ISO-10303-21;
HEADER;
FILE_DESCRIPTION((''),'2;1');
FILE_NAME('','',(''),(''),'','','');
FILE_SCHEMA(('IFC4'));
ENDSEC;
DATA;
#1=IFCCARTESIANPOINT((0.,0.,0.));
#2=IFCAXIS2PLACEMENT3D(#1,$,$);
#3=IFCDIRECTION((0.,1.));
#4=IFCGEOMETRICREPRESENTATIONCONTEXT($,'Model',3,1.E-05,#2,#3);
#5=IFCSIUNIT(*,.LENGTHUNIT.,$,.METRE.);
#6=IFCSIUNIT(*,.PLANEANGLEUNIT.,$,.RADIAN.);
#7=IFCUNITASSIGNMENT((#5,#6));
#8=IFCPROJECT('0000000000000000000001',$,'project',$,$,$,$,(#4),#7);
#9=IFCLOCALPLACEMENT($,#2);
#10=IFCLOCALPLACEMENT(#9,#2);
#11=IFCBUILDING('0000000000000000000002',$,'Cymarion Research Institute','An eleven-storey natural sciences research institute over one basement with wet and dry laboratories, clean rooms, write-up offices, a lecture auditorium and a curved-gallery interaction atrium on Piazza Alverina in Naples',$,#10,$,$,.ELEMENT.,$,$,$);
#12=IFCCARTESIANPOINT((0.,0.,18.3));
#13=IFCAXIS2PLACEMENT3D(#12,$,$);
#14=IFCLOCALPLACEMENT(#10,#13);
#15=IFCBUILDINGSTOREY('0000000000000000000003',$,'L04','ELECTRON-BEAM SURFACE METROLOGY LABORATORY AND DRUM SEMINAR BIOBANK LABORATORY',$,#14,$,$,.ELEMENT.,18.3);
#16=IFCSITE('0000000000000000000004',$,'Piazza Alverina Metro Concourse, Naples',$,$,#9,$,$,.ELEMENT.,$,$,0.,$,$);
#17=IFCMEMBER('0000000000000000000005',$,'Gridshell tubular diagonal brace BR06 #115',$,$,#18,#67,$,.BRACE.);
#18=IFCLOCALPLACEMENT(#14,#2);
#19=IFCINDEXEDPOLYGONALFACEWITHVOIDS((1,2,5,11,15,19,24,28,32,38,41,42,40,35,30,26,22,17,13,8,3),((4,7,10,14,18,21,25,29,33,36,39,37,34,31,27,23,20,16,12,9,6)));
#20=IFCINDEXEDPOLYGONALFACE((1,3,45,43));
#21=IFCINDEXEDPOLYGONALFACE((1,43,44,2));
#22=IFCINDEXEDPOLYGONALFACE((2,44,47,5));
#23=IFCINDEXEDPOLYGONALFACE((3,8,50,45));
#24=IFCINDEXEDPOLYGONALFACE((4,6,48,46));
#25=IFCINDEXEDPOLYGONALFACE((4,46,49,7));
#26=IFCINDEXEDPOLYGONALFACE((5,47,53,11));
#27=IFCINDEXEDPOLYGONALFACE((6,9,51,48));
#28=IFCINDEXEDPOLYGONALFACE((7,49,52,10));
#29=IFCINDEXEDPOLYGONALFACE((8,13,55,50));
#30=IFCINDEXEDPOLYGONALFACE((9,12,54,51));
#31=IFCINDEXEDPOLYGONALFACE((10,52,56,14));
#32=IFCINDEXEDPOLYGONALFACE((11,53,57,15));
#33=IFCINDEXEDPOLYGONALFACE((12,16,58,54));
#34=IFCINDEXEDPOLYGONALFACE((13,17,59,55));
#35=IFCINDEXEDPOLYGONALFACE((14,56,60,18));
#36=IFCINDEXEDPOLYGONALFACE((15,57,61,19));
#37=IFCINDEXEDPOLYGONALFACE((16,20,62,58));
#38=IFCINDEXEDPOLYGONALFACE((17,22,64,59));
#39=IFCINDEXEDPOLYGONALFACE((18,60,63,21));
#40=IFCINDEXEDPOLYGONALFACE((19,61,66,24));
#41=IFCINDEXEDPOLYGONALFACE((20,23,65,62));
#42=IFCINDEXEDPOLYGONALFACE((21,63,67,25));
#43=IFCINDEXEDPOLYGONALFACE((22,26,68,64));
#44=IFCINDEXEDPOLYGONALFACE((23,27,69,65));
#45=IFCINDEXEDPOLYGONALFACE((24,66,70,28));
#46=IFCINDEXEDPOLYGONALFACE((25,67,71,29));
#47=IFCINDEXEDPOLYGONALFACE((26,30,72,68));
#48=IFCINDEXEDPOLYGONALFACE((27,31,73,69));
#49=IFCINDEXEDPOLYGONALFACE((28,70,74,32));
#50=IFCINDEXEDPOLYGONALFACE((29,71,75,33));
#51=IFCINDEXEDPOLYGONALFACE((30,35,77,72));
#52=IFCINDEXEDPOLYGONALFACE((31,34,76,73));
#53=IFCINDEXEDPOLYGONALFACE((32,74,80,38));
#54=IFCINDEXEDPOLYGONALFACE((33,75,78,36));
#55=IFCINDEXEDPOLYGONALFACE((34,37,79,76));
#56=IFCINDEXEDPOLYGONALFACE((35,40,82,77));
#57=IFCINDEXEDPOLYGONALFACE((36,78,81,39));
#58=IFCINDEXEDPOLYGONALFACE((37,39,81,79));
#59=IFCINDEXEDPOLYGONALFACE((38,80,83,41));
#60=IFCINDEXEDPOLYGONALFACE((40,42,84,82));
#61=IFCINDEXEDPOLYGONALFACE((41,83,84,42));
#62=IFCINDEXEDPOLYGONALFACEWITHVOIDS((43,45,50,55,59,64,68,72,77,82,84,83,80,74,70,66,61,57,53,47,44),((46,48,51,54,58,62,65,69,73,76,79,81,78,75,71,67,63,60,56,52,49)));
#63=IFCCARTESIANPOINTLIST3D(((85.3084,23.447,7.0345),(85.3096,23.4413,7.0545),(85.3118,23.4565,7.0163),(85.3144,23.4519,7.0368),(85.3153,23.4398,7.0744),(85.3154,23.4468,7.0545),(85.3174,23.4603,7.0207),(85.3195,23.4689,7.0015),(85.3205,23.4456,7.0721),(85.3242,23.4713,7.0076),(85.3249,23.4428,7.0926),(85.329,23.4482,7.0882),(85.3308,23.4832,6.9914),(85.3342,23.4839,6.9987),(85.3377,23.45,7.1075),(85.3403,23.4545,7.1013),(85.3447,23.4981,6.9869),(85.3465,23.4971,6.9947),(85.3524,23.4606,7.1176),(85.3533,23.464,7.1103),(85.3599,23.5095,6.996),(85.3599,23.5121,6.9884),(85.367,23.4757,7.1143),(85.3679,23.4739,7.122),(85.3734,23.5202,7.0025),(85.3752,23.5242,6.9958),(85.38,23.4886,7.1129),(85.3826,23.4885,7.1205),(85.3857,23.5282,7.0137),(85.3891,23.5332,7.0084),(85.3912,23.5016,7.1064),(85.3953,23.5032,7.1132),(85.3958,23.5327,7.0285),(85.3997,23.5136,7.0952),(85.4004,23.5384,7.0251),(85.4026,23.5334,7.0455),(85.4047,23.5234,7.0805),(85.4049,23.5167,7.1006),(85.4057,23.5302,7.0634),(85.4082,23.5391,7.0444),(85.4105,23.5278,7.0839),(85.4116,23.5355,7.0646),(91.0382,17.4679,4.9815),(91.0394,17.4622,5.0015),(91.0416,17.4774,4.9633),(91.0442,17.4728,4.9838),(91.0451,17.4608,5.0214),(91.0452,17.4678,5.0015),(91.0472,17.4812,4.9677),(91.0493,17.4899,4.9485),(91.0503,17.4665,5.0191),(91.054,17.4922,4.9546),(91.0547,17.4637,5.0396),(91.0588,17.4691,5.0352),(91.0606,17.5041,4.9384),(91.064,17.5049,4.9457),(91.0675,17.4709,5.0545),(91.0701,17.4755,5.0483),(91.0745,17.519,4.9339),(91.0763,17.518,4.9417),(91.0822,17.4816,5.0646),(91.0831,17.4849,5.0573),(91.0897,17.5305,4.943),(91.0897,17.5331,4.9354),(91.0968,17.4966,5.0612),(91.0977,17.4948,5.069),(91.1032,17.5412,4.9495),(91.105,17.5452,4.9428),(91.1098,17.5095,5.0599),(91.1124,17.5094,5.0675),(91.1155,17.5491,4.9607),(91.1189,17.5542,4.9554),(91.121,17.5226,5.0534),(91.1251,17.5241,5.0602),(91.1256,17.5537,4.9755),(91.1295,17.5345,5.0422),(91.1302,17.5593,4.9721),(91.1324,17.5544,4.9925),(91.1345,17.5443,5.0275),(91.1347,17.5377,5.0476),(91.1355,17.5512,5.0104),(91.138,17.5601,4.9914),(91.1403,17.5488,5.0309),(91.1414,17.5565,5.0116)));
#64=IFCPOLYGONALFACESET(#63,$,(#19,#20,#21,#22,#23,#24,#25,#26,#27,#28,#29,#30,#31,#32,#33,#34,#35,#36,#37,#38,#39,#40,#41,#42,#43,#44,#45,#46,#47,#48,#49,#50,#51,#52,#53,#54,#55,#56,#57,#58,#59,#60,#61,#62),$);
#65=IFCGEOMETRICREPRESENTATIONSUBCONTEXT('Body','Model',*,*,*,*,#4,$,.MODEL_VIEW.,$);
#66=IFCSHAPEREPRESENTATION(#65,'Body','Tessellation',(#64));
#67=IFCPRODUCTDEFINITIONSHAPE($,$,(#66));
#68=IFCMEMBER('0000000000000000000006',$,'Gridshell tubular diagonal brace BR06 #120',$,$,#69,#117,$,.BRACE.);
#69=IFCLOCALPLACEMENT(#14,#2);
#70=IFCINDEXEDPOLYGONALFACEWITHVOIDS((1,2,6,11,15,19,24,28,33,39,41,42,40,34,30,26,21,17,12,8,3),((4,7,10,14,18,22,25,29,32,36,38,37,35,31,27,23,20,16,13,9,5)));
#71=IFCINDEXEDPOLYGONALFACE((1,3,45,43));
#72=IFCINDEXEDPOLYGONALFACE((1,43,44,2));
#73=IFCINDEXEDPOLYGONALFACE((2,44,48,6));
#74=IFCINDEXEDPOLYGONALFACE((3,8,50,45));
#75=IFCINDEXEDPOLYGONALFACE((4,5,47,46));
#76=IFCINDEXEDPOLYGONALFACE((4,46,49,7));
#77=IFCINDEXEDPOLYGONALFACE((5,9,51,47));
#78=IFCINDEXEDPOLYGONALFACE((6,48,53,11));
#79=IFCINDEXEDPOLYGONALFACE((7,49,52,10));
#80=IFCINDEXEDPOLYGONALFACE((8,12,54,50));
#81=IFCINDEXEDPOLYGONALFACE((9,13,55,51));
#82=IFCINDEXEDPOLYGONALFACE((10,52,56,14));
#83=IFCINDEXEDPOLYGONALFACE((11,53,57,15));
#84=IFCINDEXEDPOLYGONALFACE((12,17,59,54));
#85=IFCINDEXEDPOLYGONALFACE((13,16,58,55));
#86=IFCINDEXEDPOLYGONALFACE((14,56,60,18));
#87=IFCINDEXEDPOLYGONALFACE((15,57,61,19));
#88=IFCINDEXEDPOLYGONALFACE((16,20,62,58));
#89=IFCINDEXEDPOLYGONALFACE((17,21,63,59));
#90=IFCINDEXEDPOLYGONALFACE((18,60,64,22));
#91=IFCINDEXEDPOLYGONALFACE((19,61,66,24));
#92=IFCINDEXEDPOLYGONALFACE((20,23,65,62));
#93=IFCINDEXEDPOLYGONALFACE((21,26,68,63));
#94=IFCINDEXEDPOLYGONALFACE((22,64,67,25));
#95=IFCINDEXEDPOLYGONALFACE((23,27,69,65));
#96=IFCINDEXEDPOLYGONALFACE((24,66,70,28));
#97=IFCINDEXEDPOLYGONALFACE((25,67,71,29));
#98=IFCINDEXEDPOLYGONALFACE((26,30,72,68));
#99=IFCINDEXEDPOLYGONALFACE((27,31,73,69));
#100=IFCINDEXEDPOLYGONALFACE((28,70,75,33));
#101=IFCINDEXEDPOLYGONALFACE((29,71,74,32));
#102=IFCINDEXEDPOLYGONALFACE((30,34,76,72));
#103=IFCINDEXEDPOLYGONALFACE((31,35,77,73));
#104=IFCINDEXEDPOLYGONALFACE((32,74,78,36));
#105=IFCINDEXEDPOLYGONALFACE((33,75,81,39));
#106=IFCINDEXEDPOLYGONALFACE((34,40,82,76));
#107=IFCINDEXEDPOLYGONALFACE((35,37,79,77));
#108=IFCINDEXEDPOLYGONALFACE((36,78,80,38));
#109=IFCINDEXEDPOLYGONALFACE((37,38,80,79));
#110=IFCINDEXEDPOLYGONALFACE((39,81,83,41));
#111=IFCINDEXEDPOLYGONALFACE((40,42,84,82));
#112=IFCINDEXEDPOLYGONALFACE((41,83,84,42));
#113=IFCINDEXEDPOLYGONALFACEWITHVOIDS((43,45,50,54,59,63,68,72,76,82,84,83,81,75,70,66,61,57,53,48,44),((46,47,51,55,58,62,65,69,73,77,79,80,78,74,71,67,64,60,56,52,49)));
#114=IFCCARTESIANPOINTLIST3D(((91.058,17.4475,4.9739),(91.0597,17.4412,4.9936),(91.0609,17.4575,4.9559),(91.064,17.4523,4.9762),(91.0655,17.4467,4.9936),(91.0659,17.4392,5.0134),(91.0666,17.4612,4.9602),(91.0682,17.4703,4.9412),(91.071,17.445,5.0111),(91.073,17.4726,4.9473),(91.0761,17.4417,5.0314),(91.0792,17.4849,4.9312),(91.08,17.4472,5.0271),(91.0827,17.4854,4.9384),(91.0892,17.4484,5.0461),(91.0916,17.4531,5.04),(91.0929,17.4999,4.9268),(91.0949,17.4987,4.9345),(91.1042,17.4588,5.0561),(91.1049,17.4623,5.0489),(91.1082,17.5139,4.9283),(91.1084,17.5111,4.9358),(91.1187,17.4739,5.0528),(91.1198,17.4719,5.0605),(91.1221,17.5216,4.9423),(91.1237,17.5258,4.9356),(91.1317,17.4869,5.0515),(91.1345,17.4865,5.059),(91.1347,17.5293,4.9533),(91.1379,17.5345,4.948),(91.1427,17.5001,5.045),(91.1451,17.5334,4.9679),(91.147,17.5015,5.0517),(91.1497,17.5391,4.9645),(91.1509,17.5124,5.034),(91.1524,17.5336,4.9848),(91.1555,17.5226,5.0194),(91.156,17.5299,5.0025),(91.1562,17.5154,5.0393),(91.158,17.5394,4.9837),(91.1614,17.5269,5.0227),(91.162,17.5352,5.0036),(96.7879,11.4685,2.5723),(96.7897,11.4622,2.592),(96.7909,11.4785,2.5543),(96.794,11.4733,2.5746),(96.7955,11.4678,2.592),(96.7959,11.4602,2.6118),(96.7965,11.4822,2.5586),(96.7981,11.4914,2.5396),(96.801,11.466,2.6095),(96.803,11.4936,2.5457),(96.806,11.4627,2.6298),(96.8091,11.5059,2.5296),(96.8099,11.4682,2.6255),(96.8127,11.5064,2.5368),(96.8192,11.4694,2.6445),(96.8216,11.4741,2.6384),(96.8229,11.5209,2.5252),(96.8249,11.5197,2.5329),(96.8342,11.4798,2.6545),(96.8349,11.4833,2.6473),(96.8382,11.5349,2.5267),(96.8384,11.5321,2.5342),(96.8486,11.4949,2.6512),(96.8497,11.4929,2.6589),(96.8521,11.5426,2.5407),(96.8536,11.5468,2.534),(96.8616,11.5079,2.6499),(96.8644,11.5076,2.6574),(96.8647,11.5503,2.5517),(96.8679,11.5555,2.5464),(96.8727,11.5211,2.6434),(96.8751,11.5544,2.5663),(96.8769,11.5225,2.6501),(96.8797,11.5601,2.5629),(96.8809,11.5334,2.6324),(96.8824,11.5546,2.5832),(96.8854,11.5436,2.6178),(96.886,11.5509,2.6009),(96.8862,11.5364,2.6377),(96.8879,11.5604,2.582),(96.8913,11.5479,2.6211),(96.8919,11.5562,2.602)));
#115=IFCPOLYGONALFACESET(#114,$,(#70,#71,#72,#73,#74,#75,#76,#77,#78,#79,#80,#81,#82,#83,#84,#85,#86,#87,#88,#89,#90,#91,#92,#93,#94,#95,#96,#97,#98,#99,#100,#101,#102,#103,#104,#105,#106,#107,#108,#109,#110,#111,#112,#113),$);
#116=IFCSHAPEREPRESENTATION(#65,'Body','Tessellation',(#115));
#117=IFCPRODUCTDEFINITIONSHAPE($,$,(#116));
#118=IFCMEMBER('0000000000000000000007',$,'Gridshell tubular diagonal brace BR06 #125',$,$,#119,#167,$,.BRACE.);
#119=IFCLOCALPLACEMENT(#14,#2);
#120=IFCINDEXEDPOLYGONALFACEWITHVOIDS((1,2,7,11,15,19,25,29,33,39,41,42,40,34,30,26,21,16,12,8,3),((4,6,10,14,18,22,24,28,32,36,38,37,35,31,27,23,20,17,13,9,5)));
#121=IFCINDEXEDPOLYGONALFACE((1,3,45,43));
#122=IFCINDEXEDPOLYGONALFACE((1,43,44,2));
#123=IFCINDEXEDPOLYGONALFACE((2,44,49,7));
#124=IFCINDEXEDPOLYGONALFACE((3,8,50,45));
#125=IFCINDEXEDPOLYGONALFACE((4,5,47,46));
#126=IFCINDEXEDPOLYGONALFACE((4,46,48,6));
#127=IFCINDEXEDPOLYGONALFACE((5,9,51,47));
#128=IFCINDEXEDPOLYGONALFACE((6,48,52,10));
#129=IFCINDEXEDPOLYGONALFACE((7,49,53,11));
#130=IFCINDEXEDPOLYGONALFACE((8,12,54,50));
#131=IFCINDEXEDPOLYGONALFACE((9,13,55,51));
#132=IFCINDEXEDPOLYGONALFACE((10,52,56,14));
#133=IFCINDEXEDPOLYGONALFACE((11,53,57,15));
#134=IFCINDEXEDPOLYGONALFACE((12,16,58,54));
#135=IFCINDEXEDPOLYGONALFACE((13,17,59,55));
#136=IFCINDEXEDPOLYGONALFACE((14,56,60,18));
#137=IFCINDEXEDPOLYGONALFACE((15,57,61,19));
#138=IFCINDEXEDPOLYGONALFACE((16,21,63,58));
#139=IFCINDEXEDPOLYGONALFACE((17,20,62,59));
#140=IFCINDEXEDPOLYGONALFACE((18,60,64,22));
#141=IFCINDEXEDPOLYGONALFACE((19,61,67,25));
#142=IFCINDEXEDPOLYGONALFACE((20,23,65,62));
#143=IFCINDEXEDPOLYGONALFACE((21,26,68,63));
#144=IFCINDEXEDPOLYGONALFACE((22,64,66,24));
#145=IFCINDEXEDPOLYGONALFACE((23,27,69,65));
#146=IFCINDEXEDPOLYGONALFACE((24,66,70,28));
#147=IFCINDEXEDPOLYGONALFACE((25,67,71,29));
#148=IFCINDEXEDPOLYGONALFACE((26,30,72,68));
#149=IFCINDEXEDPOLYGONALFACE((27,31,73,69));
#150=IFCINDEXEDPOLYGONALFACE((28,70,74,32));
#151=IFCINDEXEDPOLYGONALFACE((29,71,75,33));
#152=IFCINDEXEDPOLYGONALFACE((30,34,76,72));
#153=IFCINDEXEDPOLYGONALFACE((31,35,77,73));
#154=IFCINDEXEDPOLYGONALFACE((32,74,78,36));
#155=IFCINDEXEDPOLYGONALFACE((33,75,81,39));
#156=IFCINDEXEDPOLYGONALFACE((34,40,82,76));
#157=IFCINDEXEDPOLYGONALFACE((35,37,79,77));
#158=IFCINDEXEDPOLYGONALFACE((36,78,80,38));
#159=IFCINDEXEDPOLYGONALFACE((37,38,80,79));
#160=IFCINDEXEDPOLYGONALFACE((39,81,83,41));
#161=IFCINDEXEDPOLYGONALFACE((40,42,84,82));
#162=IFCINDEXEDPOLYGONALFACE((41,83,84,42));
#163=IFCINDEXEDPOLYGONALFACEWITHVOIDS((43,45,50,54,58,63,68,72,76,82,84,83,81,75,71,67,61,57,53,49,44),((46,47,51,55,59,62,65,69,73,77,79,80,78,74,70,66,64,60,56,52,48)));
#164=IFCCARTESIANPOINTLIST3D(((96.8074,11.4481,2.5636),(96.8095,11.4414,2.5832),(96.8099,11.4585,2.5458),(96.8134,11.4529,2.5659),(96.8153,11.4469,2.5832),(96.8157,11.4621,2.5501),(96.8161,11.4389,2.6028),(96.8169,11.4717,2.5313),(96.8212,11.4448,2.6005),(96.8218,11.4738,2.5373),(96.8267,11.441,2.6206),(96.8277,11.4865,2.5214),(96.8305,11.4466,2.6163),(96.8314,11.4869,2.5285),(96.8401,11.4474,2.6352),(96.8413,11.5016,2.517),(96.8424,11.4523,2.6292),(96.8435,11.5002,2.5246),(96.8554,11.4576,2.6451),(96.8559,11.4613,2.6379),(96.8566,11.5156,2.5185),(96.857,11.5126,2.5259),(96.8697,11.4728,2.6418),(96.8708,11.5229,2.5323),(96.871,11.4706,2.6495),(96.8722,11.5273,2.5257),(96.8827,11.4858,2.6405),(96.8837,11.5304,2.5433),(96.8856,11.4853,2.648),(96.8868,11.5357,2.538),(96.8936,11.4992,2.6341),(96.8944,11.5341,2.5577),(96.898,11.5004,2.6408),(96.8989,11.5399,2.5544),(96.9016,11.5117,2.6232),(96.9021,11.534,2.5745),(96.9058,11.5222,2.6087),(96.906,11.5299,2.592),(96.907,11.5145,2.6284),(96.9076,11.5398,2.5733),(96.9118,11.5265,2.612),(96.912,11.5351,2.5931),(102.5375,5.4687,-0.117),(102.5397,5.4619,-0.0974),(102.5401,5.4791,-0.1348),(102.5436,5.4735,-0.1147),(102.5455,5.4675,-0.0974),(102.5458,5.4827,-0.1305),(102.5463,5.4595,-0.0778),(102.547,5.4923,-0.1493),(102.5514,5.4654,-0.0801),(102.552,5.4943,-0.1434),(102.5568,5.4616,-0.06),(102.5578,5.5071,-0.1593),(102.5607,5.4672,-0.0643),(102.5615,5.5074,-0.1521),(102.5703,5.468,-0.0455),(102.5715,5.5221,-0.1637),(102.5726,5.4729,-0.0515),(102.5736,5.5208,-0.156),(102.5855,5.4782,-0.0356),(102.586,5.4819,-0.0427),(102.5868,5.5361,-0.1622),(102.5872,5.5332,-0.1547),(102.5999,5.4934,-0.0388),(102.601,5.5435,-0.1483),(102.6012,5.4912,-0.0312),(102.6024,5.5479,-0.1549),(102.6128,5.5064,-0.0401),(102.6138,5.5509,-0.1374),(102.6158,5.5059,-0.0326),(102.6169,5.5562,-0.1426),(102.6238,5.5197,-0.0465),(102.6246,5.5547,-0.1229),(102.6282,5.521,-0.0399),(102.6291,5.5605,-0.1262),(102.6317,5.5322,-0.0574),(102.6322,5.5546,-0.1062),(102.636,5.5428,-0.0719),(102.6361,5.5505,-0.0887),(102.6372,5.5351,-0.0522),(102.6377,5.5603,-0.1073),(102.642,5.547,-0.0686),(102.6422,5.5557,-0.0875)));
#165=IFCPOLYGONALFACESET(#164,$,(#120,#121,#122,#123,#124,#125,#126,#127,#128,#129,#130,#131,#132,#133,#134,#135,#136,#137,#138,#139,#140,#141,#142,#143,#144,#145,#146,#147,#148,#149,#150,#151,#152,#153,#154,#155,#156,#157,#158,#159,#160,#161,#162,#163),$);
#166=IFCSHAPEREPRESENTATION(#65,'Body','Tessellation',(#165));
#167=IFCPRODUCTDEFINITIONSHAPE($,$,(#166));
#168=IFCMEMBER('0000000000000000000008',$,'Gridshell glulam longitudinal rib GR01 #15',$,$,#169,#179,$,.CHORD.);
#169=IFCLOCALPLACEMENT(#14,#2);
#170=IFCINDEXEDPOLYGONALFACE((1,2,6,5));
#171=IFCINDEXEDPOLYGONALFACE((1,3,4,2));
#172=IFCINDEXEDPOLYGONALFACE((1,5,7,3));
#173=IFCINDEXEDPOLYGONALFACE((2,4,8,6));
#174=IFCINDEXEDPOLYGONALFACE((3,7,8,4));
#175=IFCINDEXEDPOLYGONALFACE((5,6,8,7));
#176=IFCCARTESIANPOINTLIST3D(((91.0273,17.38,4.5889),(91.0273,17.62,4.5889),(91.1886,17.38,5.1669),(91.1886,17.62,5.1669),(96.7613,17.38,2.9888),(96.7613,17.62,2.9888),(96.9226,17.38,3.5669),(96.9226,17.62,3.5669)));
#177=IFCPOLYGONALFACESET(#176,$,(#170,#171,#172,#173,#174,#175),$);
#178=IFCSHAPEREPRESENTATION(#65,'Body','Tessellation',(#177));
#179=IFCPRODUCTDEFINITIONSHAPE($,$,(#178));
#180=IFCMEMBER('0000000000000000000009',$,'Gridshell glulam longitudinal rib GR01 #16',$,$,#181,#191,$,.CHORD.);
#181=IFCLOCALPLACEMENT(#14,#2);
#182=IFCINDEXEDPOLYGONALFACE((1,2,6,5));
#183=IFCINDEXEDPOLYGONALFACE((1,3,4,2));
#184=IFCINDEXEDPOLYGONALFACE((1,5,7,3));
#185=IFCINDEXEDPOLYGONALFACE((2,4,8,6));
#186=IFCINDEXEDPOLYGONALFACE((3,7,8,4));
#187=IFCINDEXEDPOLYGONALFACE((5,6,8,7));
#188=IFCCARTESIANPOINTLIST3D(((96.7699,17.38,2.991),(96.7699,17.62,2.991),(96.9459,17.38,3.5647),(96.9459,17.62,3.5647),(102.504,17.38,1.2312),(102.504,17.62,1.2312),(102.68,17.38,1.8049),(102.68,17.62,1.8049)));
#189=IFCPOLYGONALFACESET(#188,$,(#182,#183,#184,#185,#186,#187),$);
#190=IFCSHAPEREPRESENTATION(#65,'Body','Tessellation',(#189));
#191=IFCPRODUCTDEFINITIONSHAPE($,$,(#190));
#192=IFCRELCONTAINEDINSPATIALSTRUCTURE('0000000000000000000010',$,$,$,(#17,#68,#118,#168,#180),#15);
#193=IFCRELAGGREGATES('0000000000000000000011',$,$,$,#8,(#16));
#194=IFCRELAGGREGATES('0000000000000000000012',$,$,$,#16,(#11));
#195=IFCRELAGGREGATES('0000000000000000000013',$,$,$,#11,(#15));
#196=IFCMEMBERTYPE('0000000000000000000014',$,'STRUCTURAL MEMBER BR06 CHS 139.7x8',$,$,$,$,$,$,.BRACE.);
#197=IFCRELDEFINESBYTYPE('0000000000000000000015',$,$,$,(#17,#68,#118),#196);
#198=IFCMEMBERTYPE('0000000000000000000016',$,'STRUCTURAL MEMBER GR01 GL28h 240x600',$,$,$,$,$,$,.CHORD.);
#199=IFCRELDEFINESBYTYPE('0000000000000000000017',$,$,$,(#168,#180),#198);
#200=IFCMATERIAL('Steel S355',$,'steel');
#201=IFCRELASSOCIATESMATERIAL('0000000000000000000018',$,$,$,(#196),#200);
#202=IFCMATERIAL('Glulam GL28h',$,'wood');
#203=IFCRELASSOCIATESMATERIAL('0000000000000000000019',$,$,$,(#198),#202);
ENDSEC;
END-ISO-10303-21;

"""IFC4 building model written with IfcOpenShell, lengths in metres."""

from ifc_helpers import new_model, si_unit, direction, frame, origin, origin_2d, place, context, subcontext, project, spatial, rectangle, hollow_circle, extrude, material, material_profile, profile_set, type_object, element, save


model = new_model("IFC4")

# Units and contexts
model_context = context("Model", 3, precision=1e-05, world=origin(), true_north=direction((0.0, 1.0)))
body_context = subcontext(model_context, "Body", "Model", "MODEL_VIEW")
ifc_project = project(units=[si_unit("LENGTHUNIT", "METRE"), si_unit("PLANEANGLEUNIT", "RADIAN")], contexts=[model_context])

# Site, building, storey
site_placement = place(None, origin())
site = spatial("IfcSite", under=ifc_project, at=site_placement, Name="Piazza Alverina Metro Concourse, Naples", CompositionType="ELEMENT", RefElevation=0.0)
building_placement = place(site_placement, origin())
building = spatial("IfcBuilding", under=site, at=building_placement, Name="Cymarion Research Institute", Description="An eleven-storey natural sciences research institute over one basement with wet and dry laboratories, clean rooms, write-up offices, a lecture auditorium and a curved-gallery interaction atrium on Piazza Alverina in Naples", CompositionType="ELEMENT")
storey_placement = place(building_placement, frame((0.0, 0.0, 18.3)))
storey = spatial("IfcBuildingStorey", under=building, at=storey_placement, Name="L04", Description="ELECTRON-BEAM SURFACE METROLOGY LABORATORY AND DRUM SEMINAR BIOBANK LABORATORY", CompositionType="ELEMENT", Elevation=18.3)

# Shared definitions
ifc_material_1 = material(Name="Steel S355", Category="steel")

# Members
ifc_material_profile_1 = material_profile(ifc_material_1, hollow_circle(Radius=0.0698, WallThickness=0.0081, at=origin_2d()), Name="CHS 139.7x8")
ifc_profile_set_1 = profile_set([ifc_material_profile_1], Name="Steel S355")
member_type_1 = type_object("IfcMemberType", Name="STRUCTURAL MEMBER BR06 CHS 139.7x8", PredefinedType="BRACE", material=ifc_profile_set_1)
member_1_placement = place(storey_placement, frame((91.0898, 17.5105, 5.0015), z_axis=(-0.671567, 0.700783, 0.240624), x_axis=(-0.721997, -0.691896, 0.0)))
element("IfcMember", 1, at=member_1_placement, inside=storey, type_object=member_type_1, Name="Gridshell tubular diagonal brace BR06 #115", PredefinedType="BRACE", context=body_context, shape_type="SweptSolid", body=[
    extrude(hollow_circle(Radius=0.0698, WallThickness=0.0081, at=origin_2d()), origin(), (0.0, 0.0, 1.0), 8.532),
])
member_2_placement = place(storey_placement, frame((96.8401, 11.5105, 2.592), z_axis=(-0.664532, 0.693412, 0.278526), x_axis=(-0.721982, -0.691912, 0.0)))
element("IfcMember", 2, at=member_2_placement, inside=storey, type_object=member_type_1, Name="Gridshell tubular diagonal brace BR06 #120", PredefinedType="BRACE", context=body_context, shape_type="SweptSolid", body=[
    extrude(hollow_circle(Radius=0.0698, WallThickness=0.0081, at=origin_2d()), origin(), (0.0, 0.0, 1.0), 8.6226),
])
member_3_placement = place(storey_placement, frame((102.5901, 5.5103, -0.0974), z_axis=(-0.658274, 0.686909, 0.307948), x_axis=(-0.721996, -0.691898, 0.0)))
element("IfcMember", 3, at=member_3_placement, inside=storey, type_object=member_type_1, Name="Gridshell tubular diagonal brace BR06 #125", PredefinedType="BRACE", context=body_context, shape_type="SweptSolid", body=[
    extrude(hollow_circle(Radius=0.0698, WallThickness=0.0081, at=origin_2d()), origin(), (0.0, 0.0, 1.0), 8.7048),
])
ifc_material_2 = material(Name="Glulam GL28h", Category="wood")
ifc_material_profile_2 = material_profile(ifc_material_2, rectangle(XDim=0.24, YDim=0.6001, at=origin_2d()), Name="GL28h 240x600")
ifc_profile_set_2 = profile_set([ifc_material_profile_2], Name="Glulam GL28h")
member_type_2 = type_object("IfcMemberType", Name="STRUCTURAL MEMBER GR01 GL28h 240x600", PredefinedType="CHORD", material=ifc_profile_set_2)
member_4_placement = place(storey_placement, frame((91.1079, 17.5, 4.8779), z_axis=(0.963202, 0.0, -0.26878), x_axis=(0.0, 1.0, 0.0)))
element("IfcMember", 4, at=member_4_placement, inside=storey, type_object=member_type_2, Name="Gridshell glulam longitudinal rib GR01 #15", PredefinedType="CHORD", context=body_context, shape_type="SweptSolid", body=[
    extrude(rectangle(XDim=0.24, YDim=0.6001, at=origin_2d()), origin(), (0.0, 0.0, 1.0), 5.9531),
])
member_5_placement = place(storey_placement, frame((96.8579, 17.5, 3.2778), z_axis=(0.955993, 0.0, -0.293388), x_axis=(0.0, 1.0, 0.0)))
element("IfcMember", 5, at=member_5_placement, inside=storey, type_object=member_type_2, Name="Gridshell glulam longitudinal rib GR01 #16", PredefinedType="CHORD", context=body_context, shape_type="SweptSolid", body=[
    extrude(rectangle(XDim=0.24, YDim=0.6001, at=origin_2d()), origin(), (0.0, 0.0, 1.0), 5.998),
])

save(model, "model.ifc")
